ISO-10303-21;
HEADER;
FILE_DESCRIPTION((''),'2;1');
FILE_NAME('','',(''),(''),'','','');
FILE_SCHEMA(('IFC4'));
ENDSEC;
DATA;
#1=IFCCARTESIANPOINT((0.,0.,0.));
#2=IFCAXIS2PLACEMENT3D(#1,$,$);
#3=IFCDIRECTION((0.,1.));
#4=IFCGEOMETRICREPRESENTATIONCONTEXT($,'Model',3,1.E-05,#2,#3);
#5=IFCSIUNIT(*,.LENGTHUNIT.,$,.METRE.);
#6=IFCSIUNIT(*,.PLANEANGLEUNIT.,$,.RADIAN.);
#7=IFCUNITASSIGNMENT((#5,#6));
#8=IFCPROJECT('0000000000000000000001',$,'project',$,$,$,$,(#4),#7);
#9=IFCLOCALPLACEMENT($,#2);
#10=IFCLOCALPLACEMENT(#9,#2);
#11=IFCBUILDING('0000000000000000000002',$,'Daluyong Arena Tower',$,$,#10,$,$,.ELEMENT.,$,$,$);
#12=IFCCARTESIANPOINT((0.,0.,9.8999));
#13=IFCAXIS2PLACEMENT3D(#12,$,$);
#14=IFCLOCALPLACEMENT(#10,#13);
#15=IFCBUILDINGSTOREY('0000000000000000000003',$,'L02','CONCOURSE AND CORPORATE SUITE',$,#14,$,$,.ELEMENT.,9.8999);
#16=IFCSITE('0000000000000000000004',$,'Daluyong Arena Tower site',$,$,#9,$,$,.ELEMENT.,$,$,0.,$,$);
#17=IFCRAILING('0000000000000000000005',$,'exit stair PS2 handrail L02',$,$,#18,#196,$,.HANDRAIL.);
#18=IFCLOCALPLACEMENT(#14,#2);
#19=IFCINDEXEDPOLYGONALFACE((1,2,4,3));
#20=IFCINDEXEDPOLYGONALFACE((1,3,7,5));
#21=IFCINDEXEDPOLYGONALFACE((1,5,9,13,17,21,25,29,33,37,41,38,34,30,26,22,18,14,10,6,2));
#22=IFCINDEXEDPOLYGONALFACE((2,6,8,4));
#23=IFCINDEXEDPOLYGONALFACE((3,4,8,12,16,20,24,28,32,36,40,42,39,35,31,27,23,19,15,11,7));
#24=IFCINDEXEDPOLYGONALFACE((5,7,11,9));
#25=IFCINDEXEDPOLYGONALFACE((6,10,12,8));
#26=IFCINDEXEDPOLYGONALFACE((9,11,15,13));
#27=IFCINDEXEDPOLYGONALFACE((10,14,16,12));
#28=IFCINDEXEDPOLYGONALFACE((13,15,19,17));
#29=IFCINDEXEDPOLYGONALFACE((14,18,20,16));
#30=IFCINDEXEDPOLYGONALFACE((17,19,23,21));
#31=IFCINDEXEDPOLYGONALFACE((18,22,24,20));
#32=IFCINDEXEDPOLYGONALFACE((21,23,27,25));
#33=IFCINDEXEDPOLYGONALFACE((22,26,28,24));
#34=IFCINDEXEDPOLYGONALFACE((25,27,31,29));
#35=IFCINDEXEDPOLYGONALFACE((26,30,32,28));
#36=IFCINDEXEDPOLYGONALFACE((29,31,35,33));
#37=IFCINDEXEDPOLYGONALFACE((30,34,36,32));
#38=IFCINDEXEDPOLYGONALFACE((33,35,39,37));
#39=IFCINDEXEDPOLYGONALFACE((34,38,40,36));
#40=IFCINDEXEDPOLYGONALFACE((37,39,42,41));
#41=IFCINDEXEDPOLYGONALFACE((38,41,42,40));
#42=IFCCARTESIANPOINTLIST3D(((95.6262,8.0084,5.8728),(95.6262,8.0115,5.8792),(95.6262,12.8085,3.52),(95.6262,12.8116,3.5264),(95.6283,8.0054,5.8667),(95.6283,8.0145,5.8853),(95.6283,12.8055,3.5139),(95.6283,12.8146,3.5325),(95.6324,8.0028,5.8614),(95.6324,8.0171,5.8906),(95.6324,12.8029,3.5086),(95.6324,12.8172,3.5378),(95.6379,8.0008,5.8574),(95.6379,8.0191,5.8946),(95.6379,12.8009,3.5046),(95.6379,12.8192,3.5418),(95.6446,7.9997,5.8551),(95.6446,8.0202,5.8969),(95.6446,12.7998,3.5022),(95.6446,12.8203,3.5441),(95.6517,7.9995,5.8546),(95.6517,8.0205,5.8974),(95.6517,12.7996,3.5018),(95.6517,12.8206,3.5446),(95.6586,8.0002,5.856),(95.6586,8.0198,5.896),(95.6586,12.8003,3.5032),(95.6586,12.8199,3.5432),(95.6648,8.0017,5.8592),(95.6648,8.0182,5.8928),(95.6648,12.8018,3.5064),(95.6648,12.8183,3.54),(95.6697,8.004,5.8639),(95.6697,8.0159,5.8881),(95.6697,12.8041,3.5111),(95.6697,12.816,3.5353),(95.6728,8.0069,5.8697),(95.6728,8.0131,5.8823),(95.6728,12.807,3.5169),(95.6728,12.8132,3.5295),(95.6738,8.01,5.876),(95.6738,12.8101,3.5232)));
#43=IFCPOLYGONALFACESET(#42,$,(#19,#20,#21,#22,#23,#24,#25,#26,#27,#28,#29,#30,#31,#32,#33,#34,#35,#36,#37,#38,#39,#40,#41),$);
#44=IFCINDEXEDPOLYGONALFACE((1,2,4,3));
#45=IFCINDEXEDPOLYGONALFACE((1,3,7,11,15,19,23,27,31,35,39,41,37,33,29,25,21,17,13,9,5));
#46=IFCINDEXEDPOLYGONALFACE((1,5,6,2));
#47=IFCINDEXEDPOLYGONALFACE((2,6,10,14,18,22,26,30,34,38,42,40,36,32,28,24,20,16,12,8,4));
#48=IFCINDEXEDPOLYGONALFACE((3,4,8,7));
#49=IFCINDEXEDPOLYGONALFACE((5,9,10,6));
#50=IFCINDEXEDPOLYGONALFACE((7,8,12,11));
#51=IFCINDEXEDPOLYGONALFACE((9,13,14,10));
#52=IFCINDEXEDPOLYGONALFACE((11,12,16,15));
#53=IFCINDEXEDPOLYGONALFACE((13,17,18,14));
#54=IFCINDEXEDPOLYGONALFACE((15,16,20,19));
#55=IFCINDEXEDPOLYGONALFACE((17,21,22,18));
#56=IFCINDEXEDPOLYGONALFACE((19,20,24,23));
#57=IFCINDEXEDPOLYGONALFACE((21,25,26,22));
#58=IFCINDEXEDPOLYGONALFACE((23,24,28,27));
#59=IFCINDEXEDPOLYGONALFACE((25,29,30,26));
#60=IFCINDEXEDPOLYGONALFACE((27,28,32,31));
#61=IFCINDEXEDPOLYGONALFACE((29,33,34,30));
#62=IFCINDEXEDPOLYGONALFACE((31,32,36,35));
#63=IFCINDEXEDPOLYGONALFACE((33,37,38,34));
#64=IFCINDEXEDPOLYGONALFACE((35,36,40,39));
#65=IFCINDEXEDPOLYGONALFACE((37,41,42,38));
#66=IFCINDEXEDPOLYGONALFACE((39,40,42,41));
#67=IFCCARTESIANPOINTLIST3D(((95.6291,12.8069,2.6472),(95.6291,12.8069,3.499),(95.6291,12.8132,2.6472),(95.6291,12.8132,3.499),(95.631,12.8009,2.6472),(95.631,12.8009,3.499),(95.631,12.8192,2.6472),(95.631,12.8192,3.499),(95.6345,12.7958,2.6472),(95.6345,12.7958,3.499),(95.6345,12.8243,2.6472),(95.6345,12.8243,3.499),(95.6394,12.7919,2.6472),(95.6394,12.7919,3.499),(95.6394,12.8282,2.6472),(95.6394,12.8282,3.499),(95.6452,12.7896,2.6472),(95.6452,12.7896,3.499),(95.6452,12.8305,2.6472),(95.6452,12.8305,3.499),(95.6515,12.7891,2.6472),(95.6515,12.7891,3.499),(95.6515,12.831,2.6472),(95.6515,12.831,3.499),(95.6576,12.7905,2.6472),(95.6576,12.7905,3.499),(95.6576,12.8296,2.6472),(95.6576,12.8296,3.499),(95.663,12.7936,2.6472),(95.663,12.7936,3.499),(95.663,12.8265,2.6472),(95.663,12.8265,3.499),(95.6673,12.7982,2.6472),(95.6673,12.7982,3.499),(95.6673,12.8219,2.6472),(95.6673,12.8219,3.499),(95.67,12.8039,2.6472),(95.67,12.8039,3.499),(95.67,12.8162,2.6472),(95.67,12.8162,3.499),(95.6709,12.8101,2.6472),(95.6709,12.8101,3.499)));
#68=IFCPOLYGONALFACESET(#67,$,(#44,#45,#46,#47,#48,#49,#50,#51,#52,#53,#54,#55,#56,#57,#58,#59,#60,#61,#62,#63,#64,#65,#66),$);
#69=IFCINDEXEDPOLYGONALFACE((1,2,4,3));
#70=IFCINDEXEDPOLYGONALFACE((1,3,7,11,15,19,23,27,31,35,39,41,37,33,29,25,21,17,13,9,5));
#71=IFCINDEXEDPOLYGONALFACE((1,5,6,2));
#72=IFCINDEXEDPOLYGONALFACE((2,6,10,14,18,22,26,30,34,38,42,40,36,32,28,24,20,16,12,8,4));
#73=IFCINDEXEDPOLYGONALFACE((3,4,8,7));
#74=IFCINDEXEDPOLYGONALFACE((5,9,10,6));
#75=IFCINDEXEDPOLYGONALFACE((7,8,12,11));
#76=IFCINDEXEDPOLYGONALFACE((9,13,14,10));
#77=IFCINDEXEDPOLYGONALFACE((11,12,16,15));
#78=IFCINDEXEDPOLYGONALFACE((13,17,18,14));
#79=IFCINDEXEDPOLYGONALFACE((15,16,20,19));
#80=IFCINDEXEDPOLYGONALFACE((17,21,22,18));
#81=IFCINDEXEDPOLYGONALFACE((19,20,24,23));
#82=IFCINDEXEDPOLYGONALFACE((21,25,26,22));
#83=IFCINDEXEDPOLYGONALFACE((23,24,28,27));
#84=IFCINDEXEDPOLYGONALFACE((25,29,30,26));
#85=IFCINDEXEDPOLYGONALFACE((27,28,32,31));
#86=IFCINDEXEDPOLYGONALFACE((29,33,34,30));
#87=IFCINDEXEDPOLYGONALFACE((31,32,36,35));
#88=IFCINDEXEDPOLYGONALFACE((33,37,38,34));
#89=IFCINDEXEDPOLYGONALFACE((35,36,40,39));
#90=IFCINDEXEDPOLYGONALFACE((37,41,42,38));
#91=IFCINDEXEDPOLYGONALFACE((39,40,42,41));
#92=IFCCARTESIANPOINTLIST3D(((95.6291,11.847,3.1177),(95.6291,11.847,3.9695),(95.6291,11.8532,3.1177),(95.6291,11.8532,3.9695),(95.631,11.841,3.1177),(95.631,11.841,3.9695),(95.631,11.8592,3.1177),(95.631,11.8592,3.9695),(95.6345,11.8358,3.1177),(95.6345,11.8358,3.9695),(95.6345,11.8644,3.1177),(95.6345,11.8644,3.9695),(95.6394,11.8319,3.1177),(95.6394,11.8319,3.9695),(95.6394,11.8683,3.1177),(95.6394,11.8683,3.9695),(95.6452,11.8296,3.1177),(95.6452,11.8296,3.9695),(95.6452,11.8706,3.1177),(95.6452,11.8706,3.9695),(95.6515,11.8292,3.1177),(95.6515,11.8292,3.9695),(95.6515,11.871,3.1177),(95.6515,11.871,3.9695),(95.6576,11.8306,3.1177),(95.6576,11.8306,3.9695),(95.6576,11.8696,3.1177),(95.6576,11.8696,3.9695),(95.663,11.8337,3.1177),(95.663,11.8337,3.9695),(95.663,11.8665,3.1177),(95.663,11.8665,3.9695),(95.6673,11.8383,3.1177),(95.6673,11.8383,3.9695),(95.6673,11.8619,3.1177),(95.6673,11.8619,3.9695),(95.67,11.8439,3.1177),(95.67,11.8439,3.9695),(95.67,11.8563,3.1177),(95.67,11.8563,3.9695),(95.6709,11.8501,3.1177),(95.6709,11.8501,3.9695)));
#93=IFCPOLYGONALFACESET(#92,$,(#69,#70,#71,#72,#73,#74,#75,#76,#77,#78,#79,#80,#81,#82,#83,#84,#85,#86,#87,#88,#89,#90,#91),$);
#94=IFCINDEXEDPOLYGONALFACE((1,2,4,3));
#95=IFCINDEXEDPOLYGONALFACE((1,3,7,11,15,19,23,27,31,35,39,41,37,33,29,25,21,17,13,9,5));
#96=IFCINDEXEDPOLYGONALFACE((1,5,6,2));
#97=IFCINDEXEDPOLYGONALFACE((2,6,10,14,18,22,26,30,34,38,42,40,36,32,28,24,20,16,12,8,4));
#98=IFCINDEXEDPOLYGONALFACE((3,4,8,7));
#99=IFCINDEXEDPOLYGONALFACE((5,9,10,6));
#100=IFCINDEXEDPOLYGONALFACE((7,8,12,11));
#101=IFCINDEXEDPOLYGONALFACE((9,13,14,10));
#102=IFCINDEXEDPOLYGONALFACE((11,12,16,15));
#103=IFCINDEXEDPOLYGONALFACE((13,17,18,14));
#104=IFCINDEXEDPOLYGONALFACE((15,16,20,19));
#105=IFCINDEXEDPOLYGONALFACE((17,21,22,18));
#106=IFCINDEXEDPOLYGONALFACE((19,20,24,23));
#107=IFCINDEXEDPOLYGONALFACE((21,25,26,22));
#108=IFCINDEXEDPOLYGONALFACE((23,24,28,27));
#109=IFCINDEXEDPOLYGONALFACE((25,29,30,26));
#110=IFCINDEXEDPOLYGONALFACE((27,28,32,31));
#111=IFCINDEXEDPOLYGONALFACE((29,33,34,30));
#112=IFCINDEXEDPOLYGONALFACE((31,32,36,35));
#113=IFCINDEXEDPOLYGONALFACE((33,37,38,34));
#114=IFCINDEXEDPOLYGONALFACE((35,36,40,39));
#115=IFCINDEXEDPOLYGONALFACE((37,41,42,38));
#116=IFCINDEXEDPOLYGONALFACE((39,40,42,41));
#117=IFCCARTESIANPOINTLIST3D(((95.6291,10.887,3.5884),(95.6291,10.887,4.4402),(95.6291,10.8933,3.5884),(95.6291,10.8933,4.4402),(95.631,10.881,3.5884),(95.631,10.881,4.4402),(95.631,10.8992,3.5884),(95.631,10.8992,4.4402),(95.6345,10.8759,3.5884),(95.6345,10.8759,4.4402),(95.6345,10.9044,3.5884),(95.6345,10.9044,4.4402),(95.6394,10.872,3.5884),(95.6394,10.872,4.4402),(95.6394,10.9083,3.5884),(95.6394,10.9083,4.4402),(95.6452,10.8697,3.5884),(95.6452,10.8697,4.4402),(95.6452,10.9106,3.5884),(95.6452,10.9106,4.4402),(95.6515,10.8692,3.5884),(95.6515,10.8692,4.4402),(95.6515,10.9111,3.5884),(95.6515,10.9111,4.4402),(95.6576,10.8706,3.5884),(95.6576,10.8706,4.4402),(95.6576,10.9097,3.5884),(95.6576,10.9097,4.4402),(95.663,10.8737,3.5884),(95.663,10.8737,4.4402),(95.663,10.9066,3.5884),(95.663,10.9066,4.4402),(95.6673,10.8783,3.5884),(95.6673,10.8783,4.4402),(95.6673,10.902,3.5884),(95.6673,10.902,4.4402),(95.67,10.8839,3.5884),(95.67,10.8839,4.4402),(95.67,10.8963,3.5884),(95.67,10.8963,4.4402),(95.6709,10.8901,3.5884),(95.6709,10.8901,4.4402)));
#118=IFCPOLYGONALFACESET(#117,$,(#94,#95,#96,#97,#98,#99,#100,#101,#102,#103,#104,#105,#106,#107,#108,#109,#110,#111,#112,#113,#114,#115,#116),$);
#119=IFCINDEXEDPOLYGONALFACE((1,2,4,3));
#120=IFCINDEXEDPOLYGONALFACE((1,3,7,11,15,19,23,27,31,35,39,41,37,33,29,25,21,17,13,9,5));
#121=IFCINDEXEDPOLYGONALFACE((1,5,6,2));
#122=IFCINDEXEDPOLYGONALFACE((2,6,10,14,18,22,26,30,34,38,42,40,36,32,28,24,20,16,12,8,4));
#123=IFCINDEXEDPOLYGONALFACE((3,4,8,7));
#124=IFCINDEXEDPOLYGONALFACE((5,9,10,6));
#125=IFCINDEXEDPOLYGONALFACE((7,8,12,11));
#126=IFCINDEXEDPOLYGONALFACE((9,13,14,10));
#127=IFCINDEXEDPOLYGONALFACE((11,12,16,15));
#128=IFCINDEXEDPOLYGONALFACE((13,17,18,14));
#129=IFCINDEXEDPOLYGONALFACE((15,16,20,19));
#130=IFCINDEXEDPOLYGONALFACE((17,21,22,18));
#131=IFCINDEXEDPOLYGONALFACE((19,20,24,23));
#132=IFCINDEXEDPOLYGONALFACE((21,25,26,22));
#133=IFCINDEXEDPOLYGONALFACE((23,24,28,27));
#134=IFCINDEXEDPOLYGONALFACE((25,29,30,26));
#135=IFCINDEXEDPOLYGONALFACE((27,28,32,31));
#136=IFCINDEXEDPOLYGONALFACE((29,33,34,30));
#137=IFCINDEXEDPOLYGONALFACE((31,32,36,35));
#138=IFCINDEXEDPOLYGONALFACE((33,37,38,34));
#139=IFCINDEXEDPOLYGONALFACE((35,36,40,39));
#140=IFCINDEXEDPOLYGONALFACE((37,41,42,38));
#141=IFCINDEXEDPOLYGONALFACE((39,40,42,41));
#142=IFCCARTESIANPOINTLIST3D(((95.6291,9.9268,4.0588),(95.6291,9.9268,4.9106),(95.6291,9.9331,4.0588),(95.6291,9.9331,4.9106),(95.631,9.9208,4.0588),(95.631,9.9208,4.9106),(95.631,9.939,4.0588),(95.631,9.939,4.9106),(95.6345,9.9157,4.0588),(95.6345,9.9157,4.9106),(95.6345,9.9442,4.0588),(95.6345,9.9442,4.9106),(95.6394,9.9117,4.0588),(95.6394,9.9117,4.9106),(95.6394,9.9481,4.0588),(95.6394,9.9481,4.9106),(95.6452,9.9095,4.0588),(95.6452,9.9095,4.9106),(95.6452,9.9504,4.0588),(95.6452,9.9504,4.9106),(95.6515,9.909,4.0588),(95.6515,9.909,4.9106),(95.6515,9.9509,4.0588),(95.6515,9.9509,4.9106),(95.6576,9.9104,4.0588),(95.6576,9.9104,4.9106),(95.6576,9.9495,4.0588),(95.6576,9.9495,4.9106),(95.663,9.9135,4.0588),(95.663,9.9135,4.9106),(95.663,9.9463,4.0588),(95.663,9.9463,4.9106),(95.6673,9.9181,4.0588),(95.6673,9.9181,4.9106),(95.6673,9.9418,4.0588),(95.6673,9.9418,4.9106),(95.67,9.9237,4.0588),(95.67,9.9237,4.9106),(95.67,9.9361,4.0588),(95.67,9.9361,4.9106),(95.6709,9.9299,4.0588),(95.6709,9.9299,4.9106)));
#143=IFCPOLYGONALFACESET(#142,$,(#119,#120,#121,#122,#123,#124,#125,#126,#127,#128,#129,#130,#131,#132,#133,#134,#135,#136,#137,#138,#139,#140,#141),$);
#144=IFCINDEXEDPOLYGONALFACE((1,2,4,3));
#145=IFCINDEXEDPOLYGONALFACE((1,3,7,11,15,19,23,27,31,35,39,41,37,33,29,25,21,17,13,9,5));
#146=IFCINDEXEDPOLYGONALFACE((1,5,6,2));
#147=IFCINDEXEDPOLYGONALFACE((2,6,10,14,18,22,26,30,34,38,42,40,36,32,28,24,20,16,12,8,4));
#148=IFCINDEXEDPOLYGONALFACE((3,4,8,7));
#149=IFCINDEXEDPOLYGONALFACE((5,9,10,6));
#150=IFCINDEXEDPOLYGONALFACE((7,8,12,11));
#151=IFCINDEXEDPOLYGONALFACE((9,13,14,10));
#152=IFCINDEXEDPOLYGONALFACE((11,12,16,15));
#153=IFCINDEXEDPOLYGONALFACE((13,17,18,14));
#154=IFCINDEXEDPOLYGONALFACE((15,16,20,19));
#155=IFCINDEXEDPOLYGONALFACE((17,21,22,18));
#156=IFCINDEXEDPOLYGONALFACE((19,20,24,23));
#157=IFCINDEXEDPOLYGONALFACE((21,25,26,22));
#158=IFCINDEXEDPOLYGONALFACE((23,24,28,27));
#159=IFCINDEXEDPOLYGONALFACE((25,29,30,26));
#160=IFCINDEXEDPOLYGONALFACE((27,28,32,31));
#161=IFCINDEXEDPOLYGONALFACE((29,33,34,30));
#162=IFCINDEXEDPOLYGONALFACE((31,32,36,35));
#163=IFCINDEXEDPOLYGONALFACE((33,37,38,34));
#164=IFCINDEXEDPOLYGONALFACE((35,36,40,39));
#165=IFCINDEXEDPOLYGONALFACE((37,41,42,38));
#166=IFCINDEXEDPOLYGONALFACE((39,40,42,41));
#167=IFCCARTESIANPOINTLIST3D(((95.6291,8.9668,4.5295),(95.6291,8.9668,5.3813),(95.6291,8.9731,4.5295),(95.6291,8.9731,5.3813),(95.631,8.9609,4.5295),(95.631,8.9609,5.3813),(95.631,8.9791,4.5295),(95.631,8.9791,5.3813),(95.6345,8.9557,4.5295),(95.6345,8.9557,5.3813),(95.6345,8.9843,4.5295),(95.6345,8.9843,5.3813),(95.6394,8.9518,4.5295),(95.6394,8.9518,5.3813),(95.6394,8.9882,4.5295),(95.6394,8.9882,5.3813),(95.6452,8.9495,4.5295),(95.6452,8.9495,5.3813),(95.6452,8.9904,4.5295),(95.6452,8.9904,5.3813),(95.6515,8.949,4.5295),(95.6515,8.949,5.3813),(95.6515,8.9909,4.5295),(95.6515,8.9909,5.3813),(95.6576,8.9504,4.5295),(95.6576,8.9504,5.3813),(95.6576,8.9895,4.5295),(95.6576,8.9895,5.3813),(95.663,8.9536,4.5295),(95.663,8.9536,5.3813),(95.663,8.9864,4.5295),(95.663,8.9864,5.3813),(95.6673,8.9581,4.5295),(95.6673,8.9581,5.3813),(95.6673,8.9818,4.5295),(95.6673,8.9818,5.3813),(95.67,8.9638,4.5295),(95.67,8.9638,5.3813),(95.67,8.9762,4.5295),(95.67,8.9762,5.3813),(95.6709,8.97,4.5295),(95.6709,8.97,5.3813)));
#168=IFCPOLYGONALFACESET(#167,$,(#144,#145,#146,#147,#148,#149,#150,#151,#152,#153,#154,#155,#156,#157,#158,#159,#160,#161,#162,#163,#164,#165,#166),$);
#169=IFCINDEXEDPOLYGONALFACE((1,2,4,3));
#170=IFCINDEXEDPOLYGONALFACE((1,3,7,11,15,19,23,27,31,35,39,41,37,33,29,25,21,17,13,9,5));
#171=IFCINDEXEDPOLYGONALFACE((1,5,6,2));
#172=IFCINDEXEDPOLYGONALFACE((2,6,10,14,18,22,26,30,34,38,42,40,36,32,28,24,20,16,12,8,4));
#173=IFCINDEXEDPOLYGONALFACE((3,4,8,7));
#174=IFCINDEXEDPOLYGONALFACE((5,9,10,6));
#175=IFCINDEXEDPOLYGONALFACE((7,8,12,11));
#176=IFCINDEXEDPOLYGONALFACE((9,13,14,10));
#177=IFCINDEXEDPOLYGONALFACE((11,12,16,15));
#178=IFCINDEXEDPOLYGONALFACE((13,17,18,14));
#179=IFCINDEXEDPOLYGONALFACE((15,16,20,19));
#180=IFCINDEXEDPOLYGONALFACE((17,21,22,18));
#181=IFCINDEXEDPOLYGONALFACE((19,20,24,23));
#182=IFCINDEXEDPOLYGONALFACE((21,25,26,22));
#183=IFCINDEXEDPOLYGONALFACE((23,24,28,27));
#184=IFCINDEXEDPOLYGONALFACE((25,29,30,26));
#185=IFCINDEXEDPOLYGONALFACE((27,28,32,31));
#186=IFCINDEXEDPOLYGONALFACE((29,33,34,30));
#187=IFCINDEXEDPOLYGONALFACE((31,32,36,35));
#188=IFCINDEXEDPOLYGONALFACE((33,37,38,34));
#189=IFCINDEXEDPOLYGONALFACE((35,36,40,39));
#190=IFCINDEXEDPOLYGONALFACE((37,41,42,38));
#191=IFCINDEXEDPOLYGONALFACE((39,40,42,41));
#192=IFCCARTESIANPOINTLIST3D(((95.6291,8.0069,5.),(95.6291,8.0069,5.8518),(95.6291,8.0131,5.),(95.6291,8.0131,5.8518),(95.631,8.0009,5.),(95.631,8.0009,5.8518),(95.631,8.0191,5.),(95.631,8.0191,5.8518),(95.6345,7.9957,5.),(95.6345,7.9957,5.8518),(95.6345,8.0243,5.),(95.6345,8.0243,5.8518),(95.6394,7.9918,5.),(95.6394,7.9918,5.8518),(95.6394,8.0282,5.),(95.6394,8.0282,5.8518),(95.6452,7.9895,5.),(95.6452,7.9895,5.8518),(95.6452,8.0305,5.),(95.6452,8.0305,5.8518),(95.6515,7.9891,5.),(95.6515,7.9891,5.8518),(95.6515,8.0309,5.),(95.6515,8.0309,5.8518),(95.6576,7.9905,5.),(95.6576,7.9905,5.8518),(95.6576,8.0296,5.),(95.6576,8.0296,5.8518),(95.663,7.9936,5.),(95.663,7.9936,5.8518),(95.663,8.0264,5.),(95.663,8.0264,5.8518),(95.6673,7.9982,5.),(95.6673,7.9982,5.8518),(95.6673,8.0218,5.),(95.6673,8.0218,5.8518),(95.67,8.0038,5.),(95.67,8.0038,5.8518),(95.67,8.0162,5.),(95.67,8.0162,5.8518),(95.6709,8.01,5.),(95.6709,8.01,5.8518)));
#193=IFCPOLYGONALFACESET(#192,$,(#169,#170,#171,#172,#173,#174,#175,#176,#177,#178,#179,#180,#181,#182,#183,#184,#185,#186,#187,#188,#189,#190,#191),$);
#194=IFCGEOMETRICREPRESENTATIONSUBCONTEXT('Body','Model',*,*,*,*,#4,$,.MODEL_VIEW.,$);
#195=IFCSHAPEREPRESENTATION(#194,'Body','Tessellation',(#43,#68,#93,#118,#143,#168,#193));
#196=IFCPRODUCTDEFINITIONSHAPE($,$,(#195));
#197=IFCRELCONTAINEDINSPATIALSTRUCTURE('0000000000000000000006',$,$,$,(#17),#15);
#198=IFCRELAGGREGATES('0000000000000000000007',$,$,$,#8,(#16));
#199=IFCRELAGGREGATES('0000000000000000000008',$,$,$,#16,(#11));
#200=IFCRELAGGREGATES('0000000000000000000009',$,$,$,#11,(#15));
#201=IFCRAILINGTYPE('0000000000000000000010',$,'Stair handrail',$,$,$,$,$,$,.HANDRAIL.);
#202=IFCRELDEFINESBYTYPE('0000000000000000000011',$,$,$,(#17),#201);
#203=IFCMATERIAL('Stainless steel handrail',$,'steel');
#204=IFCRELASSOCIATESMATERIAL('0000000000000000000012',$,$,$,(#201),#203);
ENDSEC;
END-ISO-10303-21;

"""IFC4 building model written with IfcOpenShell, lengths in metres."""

from ifc_helpers import new_model, si_unit, direction, frame, origin, origin_2d, place, context, subcontext, project, spatial, circle, extrude, material, type_object, element, save


model = new_model("IFC4")

# Units and contexts
model_context = context("Model", 3, precision=1e-05, world=origin(), true_north=direction((0.0, 1.0)))
body_context = subcontext(model_context, "Body", "Model", "MODEL_VIEW")
ifc_project = project(units=[si_unit("LENGTHUNIT", "METRE"), si_unit("PLANEANGLEUNIT", "RADIAN")], contexts=[model_context])

# Site, building, storey
site_placement = place(None, origin())
site = spatial("IfcSite", under=ifc_project, at=site_placement, Name="Daluyong Arena Tower site", CompositionType="ELEMENT", RefElevation=0.0)
building_placement = place(site_placement, origin())
building = spatial("IfcBuilding", under=site, at=building_placement, Name="Daluyong Arena Tower", CompositionType="ELEMENT")
storey_placement = place(building_placement, frame((0.0, 0.0, 9.8999)))
storey = spatial("IfcBuildingStorey", under=building, at=storey_placement, Name="L02", Description="CONCOURSE AND CORPORATE SUITE", CompositionType="ELEMENT", Elevation=9.8999)

# Railing
ifc_material_1 = material(Name="Stainless steel handrail", Category="steel")
railing_type_1 = type_object("IfcRailingType", Name="Stair handrail", PredefinedType="HANDRAIL", material=ifc_material_1)
railing_1_placement = place(storey_placement, frame((95.6499, 12.8101, 2.6472)))
element("IfcRailing", 1, at=railing_1_placement, inside=storey, type_object=railing_type_1, Name="exit stair PS2 handrail L02", PredefinedType="HANDRAIL", context=body_context, shape_type="SweptSolid", body=[
    extrude(circle(Radius=0.0239, at=origin_2d()), frame((0.0, 0.0, 0.876), z_axis=(0.0, -0.897934, 0.44013), x_axis=(1.0, 0.0, 0.0)), (0.0, 0.0, 1.0), 5.3457),
    extrude(circle(Radius=0.021, at=origin_2d()), origin(), (0.0, 0.0, 1.0), 0.8518),
    extrude(circle(Radius=0.021, at=origin_2d()), frame((0.0, -0.96, 0.4705)), (0.0, 0.0, 1.0), 0.8518),
    extrude(circle(Radius=0.021, at=origin_2d()), frame((0.0, -1.9199, 0.9412)), (0.0, 0.0, 1.0), 0.8518),
    extrude(circle(Radius=0.021, at=origin_2d()), frame((0.0, -2.8801, 1.4116)), (0.0, 0.0, 1.0), 0.8518),
    extrude(circle(Radius=0.021, at=origin_2d()), frame((0.0, -3.8401, 1.8823)), (0.0, 0.0, 1.0), 0.8518),
    extrude(circle(Radius=0.021, at=origin_2d()), frame((0.0, -4.8, 2.3528)), (0.0, 0.0, 1.0), 0.8518),
])

save(model, "model.ifc")
